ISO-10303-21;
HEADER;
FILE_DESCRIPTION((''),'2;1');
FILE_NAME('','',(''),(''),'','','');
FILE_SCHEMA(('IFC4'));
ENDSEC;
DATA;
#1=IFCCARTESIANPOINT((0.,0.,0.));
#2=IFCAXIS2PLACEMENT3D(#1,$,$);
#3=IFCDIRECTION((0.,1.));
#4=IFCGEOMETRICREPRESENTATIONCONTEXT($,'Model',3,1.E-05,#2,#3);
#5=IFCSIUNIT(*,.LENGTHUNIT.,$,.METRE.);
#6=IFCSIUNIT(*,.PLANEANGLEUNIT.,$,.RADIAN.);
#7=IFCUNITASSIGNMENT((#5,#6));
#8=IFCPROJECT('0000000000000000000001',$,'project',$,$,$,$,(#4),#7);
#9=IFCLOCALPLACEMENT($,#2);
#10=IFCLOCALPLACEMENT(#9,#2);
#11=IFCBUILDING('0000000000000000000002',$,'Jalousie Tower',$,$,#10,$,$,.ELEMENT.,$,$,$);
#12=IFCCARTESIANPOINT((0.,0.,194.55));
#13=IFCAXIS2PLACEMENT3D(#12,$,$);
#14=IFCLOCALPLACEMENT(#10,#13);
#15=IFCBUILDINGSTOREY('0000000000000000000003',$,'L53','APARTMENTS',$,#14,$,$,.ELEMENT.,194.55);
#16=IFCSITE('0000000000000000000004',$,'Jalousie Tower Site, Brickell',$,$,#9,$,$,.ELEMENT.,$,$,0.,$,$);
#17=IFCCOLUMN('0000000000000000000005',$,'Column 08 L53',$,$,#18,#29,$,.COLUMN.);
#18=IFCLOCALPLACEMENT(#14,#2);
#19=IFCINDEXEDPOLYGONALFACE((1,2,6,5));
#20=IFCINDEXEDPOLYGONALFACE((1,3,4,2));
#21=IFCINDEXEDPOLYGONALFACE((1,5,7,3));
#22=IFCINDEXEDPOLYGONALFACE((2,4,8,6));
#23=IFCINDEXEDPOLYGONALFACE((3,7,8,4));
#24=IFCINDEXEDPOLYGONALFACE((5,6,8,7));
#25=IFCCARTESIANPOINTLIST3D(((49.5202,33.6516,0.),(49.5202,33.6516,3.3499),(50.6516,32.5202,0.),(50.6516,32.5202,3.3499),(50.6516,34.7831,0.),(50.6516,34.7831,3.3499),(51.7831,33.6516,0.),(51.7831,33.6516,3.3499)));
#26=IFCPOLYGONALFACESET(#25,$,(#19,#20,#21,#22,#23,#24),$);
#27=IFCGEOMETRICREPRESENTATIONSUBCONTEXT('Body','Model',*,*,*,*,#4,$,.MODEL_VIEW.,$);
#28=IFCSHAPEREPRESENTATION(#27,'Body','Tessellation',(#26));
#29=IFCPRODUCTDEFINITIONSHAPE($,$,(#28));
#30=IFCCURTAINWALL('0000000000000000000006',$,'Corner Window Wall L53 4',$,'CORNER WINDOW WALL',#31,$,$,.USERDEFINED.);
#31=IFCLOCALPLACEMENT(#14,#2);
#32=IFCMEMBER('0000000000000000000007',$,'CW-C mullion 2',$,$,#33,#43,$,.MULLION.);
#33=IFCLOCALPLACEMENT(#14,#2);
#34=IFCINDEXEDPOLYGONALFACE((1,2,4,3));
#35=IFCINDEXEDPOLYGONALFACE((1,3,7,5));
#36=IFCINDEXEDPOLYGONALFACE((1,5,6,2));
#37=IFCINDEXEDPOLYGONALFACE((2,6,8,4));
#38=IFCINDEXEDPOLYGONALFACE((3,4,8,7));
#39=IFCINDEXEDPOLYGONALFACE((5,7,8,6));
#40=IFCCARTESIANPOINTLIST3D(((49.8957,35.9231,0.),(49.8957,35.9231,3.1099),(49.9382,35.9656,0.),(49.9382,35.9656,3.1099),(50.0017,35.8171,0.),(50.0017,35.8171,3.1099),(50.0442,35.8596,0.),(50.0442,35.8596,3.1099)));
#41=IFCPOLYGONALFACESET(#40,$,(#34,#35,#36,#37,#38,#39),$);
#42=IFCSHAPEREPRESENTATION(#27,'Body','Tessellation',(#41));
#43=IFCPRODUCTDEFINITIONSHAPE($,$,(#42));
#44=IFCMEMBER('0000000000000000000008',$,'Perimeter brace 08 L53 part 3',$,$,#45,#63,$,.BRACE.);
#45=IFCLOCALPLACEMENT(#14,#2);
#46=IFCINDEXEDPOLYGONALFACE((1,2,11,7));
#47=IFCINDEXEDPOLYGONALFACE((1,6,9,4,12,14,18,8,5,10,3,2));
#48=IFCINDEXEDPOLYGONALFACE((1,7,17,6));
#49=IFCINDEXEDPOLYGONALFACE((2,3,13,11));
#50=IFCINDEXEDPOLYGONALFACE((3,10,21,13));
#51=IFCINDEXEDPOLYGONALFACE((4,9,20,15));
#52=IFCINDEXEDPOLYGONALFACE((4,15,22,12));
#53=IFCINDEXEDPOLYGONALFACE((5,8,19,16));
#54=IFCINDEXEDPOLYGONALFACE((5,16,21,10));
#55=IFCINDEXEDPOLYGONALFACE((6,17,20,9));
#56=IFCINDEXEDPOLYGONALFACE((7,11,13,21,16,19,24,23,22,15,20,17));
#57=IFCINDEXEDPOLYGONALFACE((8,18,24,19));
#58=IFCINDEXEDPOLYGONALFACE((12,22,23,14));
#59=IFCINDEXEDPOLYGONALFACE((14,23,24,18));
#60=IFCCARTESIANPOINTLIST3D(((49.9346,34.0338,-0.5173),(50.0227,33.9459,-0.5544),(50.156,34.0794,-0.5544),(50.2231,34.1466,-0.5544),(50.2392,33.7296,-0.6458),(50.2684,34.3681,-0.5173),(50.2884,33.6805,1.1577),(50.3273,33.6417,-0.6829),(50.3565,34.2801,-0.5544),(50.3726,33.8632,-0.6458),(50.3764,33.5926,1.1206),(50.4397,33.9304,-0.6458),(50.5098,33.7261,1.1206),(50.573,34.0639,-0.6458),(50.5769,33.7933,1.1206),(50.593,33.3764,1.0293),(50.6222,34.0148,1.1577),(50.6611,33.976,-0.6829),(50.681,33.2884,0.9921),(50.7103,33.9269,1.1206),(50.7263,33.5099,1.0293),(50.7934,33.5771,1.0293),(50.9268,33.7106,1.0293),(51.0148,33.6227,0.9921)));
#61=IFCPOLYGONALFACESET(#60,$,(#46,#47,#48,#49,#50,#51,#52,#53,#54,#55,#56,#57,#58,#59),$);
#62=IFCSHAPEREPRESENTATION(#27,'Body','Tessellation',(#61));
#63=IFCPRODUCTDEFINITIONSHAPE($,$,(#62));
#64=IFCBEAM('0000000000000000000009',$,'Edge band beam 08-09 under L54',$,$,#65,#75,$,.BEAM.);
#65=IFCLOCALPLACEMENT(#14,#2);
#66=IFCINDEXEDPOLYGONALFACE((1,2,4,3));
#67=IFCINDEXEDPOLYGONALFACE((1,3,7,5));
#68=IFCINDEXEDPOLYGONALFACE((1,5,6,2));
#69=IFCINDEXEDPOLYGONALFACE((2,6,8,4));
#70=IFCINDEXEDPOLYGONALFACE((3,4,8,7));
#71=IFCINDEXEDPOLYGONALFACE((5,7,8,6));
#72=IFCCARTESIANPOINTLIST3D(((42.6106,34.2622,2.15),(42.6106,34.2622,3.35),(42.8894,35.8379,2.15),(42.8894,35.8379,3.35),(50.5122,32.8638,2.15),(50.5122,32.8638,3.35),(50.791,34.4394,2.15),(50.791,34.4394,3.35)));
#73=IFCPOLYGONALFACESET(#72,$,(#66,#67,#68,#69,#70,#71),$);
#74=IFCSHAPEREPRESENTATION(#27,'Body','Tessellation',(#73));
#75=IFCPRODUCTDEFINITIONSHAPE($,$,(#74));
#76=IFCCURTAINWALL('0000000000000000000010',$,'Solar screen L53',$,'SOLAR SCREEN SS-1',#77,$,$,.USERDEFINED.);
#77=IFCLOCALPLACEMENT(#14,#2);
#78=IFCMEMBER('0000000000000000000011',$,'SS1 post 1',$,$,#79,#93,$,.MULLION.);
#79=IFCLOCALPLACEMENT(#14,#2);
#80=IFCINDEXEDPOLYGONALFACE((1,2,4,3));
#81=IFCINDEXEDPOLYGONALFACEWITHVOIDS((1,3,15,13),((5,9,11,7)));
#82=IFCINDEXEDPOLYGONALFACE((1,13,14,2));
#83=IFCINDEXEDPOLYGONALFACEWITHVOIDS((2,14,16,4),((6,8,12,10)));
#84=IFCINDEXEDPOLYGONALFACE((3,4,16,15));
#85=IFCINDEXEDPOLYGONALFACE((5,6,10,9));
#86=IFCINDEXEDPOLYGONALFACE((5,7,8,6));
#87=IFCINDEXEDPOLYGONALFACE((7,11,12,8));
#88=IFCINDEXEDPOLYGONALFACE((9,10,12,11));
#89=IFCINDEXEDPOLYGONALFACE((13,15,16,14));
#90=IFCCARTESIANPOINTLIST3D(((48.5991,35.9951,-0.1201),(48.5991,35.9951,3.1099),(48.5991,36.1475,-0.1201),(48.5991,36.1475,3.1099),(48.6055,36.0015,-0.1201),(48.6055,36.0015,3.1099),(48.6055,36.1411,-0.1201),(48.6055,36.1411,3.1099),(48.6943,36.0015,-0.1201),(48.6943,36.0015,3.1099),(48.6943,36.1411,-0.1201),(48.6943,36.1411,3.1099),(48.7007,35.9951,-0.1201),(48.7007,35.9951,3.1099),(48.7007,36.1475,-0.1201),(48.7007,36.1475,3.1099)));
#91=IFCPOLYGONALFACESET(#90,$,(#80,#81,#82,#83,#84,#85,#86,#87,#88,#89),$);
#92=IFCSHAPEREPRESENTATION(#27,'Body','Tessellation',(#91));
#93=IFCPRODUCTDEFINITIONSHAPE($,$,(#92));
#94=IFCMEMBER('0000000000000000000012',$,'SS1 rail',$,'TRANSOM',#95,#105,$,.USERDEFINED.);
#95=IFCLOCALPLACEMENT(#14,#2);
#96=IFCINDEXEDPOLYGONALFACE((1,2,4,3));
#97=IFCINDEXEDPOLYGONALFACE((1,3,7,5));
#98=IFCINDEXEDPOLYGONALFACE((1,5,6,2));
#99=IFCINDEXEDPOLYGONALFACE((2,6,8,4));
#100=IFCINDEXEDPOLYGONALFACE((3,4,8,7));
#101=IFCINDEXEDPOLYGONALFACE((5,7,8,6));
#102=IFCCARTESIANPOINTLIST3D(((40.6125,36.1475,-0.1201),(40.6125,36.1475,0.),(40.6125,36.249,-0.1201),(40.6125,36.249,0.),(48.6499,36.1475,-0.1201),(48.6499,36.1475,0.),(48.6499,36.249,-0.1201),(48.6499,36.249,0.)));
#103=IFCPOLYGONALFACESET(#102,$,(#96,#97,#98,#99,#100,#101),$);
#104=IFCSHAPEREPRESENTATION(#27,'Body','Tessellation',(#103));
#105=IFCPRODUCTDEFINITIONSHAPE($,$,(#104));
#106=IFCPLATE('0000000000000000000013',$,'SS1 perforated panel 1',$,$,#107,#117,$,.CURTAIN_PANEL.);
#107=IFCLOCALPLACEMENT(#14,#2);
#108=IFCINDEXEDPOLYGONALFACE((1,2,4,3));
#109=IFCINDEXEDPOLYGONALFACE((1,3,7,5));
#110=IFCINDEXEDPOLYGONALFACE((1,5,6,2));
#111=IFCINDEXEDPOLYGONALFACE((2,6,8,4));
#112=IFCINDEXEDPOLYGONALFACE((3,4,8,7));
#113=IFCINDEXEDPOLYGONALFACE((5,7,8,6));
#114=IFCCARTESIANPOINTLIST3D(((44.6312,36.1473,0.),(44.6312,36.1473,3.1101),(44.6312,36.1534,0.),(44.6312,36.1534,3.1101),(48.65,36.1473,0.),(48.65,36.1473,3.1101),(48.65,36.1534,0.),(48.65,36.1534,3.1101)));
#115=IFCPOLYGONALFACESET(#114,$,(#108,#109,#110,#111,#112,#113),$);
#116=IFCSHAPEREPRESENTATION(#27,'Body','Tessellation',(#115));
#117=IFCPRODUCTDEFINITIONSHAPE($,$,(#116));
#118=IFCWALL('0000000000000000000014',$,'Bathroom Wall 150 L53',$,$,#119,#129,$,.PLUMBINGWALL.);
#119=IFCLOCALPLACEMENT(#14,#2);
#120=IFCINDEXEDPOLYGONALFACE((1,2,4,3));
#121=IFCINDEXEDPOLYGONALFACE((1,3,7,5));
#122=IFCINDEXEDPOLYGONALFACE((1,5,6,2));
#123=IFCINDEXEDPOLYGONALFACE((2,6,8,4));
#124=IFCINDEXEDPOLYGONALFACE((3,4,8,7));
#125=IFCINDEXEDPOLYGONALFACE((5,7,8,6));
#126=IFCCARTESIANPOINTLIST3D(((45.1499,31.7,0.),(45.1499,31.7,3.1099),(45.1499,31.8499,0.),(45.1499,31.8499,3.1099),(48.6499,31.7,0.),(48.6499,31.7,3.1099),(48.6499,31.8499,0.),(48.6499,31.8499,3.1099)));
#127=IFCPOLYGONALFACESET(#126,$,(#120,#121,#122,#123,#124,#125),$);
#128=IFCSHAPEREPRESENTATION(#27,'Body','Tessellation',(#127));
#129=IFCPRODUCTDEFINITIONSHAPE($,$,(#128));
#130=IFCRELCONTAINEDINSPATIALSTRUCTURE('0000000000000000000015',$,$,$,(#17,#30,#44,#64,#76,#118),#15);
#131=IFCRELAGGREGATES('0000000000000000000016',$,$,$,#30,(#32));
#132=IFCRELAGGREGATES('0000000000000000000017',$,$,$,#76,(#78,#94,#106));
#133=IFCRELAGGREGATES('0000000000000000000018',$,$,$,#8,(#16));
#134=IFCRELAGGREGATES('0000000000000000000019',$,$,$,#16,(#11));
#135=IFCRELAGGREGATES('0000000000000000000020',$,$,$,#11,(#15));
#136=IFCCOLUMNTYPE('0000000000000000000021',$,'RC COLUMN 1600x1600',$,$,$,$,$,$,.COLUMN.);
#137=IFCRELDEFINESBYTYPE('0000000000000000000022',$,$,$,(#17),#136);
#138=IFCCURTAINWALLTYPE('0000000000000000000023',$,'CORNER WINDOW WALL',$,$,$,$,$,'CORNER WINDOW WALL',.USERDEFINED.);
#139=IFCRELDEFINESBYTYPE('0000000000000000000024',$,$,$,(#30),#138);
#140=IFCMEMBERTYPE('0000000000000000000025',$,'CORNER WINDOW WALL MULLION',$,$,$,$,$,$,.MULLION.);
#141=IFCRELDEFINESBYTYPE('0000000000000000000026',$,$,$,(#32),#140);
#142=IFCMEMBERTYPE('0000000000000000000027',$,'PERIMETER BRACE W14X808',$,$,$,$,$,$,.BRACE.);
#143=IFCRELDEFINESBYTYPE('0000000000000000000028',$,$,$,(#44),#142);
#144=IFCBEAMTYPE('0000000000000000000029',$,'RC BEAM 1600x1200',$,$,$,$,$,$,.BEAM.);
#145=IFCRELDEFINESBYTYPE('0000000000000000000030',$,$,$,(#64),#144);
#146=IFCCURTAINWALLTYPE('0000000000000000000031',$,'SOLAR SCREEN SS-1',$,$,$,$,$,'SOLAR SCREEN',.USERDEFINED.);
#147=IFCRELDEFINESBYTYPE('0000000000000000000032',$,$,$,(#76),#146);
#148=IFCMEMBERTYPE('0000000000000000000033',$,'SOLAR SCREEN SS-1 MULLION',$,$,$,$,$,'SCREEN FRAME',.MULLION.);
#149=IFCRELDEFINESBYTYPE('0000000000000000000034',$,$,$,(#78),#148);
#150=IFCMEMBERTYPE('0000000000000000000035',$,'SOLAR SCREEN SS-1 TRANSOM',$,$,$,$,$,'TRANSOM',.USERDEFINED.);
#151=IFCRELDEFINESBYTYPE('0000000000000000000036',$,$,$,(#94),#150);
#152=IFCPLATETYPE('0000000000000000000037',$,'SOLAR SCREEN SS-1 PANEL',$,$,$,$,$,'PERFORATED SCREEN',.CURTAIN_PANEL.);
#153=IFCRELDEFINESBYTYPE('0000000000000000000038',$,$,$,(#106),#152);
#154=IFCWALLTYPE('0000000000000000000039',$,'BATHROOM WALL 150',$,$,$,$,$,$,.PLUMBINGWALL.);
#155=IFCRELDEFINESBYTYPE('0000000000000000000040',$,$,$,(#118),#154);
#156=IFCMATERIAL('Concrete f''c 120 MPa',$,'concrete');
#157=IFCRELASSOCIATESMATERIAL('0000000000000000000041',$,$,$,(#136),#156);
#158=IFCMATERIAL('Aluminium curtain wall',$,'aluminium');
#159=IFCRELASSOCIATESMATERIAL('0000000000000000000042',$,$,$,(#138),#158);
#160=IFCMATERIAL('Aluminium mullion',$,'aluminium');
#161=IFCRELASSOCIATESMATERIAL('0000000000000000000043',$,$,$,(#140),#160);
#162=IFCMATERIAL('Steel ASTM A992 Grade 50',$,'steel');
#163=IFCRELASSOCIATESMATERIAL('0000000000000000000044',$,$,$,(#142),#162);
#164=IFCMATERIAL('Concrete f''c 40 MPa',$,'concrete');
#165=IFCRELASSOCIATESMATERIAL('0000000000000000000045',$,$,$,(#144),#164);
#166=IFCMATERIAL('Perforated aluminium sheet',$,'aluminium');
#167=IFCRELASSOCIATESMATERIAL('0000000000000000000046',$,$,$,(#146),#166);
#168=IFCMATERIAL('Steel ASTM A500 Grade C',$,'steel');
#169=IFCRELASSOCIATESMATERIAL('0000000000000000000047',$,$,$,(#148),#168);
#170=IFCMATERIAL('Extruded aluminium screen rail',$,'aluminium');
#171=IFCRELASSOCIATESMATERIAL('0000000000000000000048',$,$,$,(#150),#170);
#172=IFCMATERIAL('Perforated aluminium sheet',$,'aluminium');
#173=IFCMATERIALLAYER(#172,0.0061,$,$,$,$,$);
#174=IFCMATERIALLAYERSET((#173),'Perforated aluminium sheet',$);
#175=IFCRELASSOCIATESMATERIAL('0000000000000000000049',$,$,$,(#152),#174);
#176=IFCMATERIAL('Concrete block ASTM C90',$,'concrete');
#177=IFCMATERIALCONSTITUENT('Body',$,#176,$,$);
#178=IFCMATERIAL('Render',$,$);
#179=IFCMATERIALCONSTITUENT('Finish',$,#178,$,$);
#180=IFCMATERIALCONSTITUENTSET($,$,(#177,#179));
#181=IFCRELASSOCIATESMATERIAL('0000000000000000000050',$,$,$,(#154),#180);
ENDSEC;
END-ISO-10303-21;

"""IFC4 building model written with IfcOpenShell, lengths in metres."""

from ifc_helpers import new_model, si_unit, direction, frame, frame_2d, origin, origin_2d, place, context, subcontext, project, spatial, rectangle, hollow_rectangle, i_section, extrude, material, layer, layer_set, constituent, constituent_set, material_profile, profile_set, type_object, element, aggregate, save


model = new_model("IFC4")

# Units and contexts
model_context = context("Model", 3, precision=1e-05, world=origin(), true_north=direction((0.0, 1.0)))
body_context = subcontext(model_context, "Body", "Model", "MODEL_VIEW")
ifc_project = project(units=[si_unit("LENGTHUNIT", "METRE"), si_unit("PLANEANGLEUNIT", "RADIAN")], contexts=[model_context])

# Site, building, storey
site_placement = place(None, origin())
site = spatial("IfcSite", under=ifc_project, at=site_placement, Name="Jalousie Tower Site, Brickell", CompositionType="ELEMENT", RefElevation=0.0)
building_placement = place(site_placement, origin())
building = spatial("IfcBuilding", under=site, at=building_placement, Name="Jalousie Tower", CompositionType="ELEMENT")
storey_placement = place(building_placement, frame((0.0, 0.0, 194.55)))
storey = spatial("IfcBuildingStorey", under=building, at=storey_placement, Name="L53", Description="APARTMENTS", CompositionType="ELEMENT", Elevation=194.55)

# Column
ifc_material_1 = material(Name="Concrete f'c 120 MPa", Category="concrete")
ifc_material_profile_1 = material_profile(ifc_material_1, rectangle(XDim=1.6001, YDim=1.6001, at=origin_2d()), Name="RC 1600x1600")
ifc_profile_set_1 = profile_set([ifc_material_profile_1], Name="Concrete f'c 120 MPa")
column_type = type_object("IfcColumnType", Name="RC COLUMN 1600x1600", PredefinedType="COLUMN", material=ifc_profile_set_1)
column_placement = place(storey_placement, frame((50.6516, 33.6516, 0.0), z_axis=(0.0, 0.0, 1.0), x_axis=(0.707107, 0.707107, 0.0)))
element("IfcColumn", 1, at=column_placement, inside=storey, type_object=column_type, Name="Column 08 L53", PredefinedType="COLUMN", context=body_context, shape_type="SweptSolid", body=[
    extrude(rectangle(XDim=1.6001, YDim=1.6001, at=origin_2d()), origin(), (0.0, 0.0, 1.0), 3.3499),
])

# Curtain wall, member
ifc_material_2 = material(Name="Aluminium curtain wall", Category="aluminium")
curtain_wall_type_1 = type_object("IfcCurtainWallType", Name="CORNER WINDOW WALL", ElementType="CORNER WINDOW WALL", PredefinedType="USERDEFINED", material=ifc_material_2)
curtain_wall_1_placement = place(storey_placement, origin())
curtain_wall_1 = element("IfcCurtainWall", 2, at=curtain_wall_1_placement, inside=storey, type_object=curtain_wall_type_1, Name="Corner Window Wall L53 4", ObjectType="CORNER WINDOW WALL", PredefinedType="USERDEFINED")
ifc_material_3 = material(Name="Aluminium mullion", Category="aluminium")
ifc_material_profile_2 = material_profile(ifc_material_3, rectangle(XDim=0.0601, YDim=0.1499, at=origin_2d()), Name="MULLION 60x150")
ifc_profile_set_2 = profile_set([ifc_material_profile_2], Name="Aluminium mullion")
member_type_1 = type_object("IfcMemberType", Name="CORNER WINDOW WALL MULLION", PredefinedType="MULLION", material=ifc_profile_set_2)
member_1_placement = place(storey_placement, frame((49.97, 35.8914, 0.0), z_axis=(0.0, 0.0, 1.0), x_axis=(-0.707107, -0.707107, 0.0)))
member_1 = element("IfcMember", 3, at=member_1_placement, type_object=member_type_1, Name="CW-C mullion 2", PredefinedType="MULLION", context=body_context, shape_type="SweptSolid", body=[
    extrude(rectangle(XDim=0.0601, YDim=0.1499, at=origin_2d()), origin(), (0.0, 0.0, 1.0), 3.1099),
])
aggregate(curtain_wall_1, [member_1])

# Member
ifc_material_4 = material(Name="Steel ASTM A992 Grade 50", Category="steel")
ifc_material_profile_3 = material_profile(ifc_material_4, i_section(OverallWidth=0.4724, OverallDepth=0.5791, WebThickness=0.095, FlangeThickness=0.1299, at=origin_2d()), Name="W14X808")
ifc_profile_set_3 = profile_set([ifc_material_profile_3], Name="Steel ASTM A992 Grade 50")
member_type_2 = type_object("IfcMemberType", Name="PERIMETER BRACE W14X808", PredefinedType="BRACE", material=ifc_profile_set_3)
member_2_placement = place(storey_placement, frame((50.2979, 34.0049, -0.6001), z_axis=(0.202372, -0.202093, 0.95823), x_axis=(0.706618, 0.707595, 0.0)))
element("IfcMember", 4, at=member_2_placement, inside=storey, type_object=member_type_2, Name="Perimeter brace 08 L53 part 3", PredefinedType="BRACE", context=body_context, shape_type="SweptSolid", body=[
    extrude(i_section(OverallWidth=0.4724, OverallDepth=0.5791, WebThickness=0.095, FlangeThickness=0.1299, at=origin_2d()), origin(), (0.0, 0.0, 1.0), 1.748),
])

# Beam
ifc_material_5 = material(Name="Concrete f'c 40 MPa", Category="concrete")
ifc_material_profile_4 = material_profile(ifc_material_5, rectangle(XDim=1.6001, YDim=1.2, at=origin_2d()), Name="RC 1600x1200")
ifc_profile_set_4 = profile_set([ifc_material_profile_4], Name="Concrete f'c 40 MPa")
beam_type = type_object("IfcBeamType", Name="RC BEAM 1600x1200", PredefinedType="BEAM", material=ifc_profile_set_4)
beam_placement = place(storey_placement, frame((50.6516, 33.6516, 2.75), z_axis=(-0.984697, 0.174273, 0.0), x_axis=(-0.174273, -0.984697, 0.0)))
element("IfcBeam", 5, at=beam_placement, inside=storey, type_object=beam_type, Name="Edge band beam 08-09 under L54", PredefinedType="BEAM", context=body_context, shape_type="SweptSolid", body=[
    extrude(rectangle(XDim=1.6001, YDim=1.2, at=origin_2d()), origin(), (0.0, 0.0, 1.0), 8.0244),
])

# Curtain wall, members, plate
ifc_material_6 = material(Name="Perforated aluminium sheet", Category="aluminium")
curtain_wall_type_2 = type_object("IfcCurtainWallType", Name="SOLAR SCREEN SS-1", ElementType="SOLAR SCREEN", PredefinedType="USERDEFINED", material=ifc_material_6)
curtain_wall_2_placement = place(storey_placement, origin())
curtain_wall_2 = element("IfcCurtainWall", 6, at=curtain_wall_2_placement, inside=storey, type_object=curtain_wall_type_2, Name="Solar screen L53", ObjectType="SOLAR SCREEN SS-1", PredefinedType="USERDEFINED")
ifc_material_7 = material(Name="Steel ASTM A500 Grade C", Category="steel")
ifc_material_profile_5 = material_profile(ifc_material_7, hollow_rectangle(XDim=0.1016, YDim=0.1523, WallThickness=0.0063, at=origin_2d()), Name="HSS6X4X1/4")
ifc_profile_set_5 = profile_set([ifc_material_profile_5], Name="Steel ASTM A500 Grade C")
member_type_3 = type_object("IfcMemberType", Name="SOLAR SCREEN SS-1 MULLION", ElementType="SCREEN FRAME", PredefinedType="MULLION", material=ifc_profile_set_5)
member_3_placement = place(storey_placement, frame((48.6499, 36.0713, -0.1201), z_axis=(0.0, 0.0, 1.0), x_axis=(-1.0, 0.0, 0.0)))
member_3 = element("IfcMember", 7, at=member_3_placement, type_object=member_type_3, Name="SS1 post 1", PredefinedType="MULLION", context=body_context, shape_type="SweptSolid", body=[
    extrude(hollow_rectangle(XDim=0.1016, YDim=0.1523, WallThickness=0.0063, at=origin_2d()), origin(), (0.0, 0.0, 1.0), 3.23),
])
ifc_material_8 = material(Name="Extruded aluminium screen rail", Category="aluminium")
ifc_material_profile_6 = material_profile(ifc_material_8, rectangle(XDim=0.1016, YDim=0.1201, at=origin_2d()), Name="RAIL 102x120")
ifc_profile_set_6 = profile_set([ifc_material_profile_6], Name="Extruded aluminium screen rail")
member_type_4 = type_object("IfcMemberType", Name="SOLAR SCREEN SS-1 TRANSOM", ElementType="TRANSOM", PredefinedType="USERDEFINED", material=ifc_profile_set_6)
member_4_placement = place(storey_placement, frame((48.6499, 36.1982, -0.0601), z_axis=(-1.0, 0.0, 0.0), x_axis=(0.0, -1.0, 0.0)))
member_4 = element("IfcMember", 8, at=member_4_placement, type_object=member_type_4, Name="SS1 rail", ObjectType="TRANSOM", PredefinedType="USERDEFINED", context=body_context, shape_type="SweptSolid", body=[
    extrude(rectangle(XDim=0.1016, YDim=0.1201, at=origin_2d()), origin(), (0.0, 0.0, 1.0), 8.0374),
])
ifc_material_9 = material(Name="Perforated aluminium sheet", Category="aluminium")
ifc_layer = layer(ifc_material_9, 0.0061)
ifc_layer_set = layer_set([ifc_layer], Name="Perforated aluminium sheet")
plate_type = type_object("IfcPlateType", Name="SOLAR SCREEN SS-1 PANEL", ElementType="PERFORATED SCREEN", PredefinedType="CURTAIN_PANEL", material=ifc_layer_set)
plate_placement = place(storey_placement, frame((46.6406, 36.1504, 0.0), z_axis=(0.0, 0.0, 1.0), x_axis=(-1.0, 0.0, 0.0)))
plate = element("IfcPlate", 9, at=plate_placement, type_object=plate_type, Name="SS1 perforated panel 1", PredefinedType="CURTAIN_PANEL", context=body_context, shape_type="SweptSolid", body=[
    extrude(rectangle(XDim=4.0188, YDim=0.0061, at=origin_2d()), origin(), (0.0, 0.0, 1.0), 3.1101),
])
aggregate(curtain_wall_2, [member_3, member_4, plate])

# Wall
ifc_material_10 = material(Name="Concrete block ASTM C90", Category="concrete")
ifc_constituent_1 = constituent(ifc_material_10, Name="Body")
ifc_material_11 = material(Name="Render")
ifc_constituent_2 = constituent(ifc_material_11, Name="Finish")
ifc_constituent_set_1 = constituent_set(constituents=[ifc_constituent_1, ifc_constituent_2])
wall_type_1 = type_object("IfcWallType", Name="BATHROOM WALL 150", PredefinedType="PLUMBINGWALL", material=ifc_constituent_set_1)
wall_1_placement = place(storey_placement, frame((45.1499, 31.7749, 0.0), z_axis=(0.0, 0.0, 1.0), x_axis=(1.0, 0.0, 0.0)))
element("IfcWall", 10, at=wall_1_placement, inside=storey, type_object=wall_type_1, Name="Bathroom Wall 150 L53", PredefinedType="PLUMBINGWALL", context=body_context, shape_type="SweptSolid", body=[
    extrude(rectangle(XDim=3.5, YDim=0.1499, at=frame_2d((1.75, 0.0))), origin(), (0.0, 0.0, 1.0), 3.1099),
])

save(model, "model.ifc")
